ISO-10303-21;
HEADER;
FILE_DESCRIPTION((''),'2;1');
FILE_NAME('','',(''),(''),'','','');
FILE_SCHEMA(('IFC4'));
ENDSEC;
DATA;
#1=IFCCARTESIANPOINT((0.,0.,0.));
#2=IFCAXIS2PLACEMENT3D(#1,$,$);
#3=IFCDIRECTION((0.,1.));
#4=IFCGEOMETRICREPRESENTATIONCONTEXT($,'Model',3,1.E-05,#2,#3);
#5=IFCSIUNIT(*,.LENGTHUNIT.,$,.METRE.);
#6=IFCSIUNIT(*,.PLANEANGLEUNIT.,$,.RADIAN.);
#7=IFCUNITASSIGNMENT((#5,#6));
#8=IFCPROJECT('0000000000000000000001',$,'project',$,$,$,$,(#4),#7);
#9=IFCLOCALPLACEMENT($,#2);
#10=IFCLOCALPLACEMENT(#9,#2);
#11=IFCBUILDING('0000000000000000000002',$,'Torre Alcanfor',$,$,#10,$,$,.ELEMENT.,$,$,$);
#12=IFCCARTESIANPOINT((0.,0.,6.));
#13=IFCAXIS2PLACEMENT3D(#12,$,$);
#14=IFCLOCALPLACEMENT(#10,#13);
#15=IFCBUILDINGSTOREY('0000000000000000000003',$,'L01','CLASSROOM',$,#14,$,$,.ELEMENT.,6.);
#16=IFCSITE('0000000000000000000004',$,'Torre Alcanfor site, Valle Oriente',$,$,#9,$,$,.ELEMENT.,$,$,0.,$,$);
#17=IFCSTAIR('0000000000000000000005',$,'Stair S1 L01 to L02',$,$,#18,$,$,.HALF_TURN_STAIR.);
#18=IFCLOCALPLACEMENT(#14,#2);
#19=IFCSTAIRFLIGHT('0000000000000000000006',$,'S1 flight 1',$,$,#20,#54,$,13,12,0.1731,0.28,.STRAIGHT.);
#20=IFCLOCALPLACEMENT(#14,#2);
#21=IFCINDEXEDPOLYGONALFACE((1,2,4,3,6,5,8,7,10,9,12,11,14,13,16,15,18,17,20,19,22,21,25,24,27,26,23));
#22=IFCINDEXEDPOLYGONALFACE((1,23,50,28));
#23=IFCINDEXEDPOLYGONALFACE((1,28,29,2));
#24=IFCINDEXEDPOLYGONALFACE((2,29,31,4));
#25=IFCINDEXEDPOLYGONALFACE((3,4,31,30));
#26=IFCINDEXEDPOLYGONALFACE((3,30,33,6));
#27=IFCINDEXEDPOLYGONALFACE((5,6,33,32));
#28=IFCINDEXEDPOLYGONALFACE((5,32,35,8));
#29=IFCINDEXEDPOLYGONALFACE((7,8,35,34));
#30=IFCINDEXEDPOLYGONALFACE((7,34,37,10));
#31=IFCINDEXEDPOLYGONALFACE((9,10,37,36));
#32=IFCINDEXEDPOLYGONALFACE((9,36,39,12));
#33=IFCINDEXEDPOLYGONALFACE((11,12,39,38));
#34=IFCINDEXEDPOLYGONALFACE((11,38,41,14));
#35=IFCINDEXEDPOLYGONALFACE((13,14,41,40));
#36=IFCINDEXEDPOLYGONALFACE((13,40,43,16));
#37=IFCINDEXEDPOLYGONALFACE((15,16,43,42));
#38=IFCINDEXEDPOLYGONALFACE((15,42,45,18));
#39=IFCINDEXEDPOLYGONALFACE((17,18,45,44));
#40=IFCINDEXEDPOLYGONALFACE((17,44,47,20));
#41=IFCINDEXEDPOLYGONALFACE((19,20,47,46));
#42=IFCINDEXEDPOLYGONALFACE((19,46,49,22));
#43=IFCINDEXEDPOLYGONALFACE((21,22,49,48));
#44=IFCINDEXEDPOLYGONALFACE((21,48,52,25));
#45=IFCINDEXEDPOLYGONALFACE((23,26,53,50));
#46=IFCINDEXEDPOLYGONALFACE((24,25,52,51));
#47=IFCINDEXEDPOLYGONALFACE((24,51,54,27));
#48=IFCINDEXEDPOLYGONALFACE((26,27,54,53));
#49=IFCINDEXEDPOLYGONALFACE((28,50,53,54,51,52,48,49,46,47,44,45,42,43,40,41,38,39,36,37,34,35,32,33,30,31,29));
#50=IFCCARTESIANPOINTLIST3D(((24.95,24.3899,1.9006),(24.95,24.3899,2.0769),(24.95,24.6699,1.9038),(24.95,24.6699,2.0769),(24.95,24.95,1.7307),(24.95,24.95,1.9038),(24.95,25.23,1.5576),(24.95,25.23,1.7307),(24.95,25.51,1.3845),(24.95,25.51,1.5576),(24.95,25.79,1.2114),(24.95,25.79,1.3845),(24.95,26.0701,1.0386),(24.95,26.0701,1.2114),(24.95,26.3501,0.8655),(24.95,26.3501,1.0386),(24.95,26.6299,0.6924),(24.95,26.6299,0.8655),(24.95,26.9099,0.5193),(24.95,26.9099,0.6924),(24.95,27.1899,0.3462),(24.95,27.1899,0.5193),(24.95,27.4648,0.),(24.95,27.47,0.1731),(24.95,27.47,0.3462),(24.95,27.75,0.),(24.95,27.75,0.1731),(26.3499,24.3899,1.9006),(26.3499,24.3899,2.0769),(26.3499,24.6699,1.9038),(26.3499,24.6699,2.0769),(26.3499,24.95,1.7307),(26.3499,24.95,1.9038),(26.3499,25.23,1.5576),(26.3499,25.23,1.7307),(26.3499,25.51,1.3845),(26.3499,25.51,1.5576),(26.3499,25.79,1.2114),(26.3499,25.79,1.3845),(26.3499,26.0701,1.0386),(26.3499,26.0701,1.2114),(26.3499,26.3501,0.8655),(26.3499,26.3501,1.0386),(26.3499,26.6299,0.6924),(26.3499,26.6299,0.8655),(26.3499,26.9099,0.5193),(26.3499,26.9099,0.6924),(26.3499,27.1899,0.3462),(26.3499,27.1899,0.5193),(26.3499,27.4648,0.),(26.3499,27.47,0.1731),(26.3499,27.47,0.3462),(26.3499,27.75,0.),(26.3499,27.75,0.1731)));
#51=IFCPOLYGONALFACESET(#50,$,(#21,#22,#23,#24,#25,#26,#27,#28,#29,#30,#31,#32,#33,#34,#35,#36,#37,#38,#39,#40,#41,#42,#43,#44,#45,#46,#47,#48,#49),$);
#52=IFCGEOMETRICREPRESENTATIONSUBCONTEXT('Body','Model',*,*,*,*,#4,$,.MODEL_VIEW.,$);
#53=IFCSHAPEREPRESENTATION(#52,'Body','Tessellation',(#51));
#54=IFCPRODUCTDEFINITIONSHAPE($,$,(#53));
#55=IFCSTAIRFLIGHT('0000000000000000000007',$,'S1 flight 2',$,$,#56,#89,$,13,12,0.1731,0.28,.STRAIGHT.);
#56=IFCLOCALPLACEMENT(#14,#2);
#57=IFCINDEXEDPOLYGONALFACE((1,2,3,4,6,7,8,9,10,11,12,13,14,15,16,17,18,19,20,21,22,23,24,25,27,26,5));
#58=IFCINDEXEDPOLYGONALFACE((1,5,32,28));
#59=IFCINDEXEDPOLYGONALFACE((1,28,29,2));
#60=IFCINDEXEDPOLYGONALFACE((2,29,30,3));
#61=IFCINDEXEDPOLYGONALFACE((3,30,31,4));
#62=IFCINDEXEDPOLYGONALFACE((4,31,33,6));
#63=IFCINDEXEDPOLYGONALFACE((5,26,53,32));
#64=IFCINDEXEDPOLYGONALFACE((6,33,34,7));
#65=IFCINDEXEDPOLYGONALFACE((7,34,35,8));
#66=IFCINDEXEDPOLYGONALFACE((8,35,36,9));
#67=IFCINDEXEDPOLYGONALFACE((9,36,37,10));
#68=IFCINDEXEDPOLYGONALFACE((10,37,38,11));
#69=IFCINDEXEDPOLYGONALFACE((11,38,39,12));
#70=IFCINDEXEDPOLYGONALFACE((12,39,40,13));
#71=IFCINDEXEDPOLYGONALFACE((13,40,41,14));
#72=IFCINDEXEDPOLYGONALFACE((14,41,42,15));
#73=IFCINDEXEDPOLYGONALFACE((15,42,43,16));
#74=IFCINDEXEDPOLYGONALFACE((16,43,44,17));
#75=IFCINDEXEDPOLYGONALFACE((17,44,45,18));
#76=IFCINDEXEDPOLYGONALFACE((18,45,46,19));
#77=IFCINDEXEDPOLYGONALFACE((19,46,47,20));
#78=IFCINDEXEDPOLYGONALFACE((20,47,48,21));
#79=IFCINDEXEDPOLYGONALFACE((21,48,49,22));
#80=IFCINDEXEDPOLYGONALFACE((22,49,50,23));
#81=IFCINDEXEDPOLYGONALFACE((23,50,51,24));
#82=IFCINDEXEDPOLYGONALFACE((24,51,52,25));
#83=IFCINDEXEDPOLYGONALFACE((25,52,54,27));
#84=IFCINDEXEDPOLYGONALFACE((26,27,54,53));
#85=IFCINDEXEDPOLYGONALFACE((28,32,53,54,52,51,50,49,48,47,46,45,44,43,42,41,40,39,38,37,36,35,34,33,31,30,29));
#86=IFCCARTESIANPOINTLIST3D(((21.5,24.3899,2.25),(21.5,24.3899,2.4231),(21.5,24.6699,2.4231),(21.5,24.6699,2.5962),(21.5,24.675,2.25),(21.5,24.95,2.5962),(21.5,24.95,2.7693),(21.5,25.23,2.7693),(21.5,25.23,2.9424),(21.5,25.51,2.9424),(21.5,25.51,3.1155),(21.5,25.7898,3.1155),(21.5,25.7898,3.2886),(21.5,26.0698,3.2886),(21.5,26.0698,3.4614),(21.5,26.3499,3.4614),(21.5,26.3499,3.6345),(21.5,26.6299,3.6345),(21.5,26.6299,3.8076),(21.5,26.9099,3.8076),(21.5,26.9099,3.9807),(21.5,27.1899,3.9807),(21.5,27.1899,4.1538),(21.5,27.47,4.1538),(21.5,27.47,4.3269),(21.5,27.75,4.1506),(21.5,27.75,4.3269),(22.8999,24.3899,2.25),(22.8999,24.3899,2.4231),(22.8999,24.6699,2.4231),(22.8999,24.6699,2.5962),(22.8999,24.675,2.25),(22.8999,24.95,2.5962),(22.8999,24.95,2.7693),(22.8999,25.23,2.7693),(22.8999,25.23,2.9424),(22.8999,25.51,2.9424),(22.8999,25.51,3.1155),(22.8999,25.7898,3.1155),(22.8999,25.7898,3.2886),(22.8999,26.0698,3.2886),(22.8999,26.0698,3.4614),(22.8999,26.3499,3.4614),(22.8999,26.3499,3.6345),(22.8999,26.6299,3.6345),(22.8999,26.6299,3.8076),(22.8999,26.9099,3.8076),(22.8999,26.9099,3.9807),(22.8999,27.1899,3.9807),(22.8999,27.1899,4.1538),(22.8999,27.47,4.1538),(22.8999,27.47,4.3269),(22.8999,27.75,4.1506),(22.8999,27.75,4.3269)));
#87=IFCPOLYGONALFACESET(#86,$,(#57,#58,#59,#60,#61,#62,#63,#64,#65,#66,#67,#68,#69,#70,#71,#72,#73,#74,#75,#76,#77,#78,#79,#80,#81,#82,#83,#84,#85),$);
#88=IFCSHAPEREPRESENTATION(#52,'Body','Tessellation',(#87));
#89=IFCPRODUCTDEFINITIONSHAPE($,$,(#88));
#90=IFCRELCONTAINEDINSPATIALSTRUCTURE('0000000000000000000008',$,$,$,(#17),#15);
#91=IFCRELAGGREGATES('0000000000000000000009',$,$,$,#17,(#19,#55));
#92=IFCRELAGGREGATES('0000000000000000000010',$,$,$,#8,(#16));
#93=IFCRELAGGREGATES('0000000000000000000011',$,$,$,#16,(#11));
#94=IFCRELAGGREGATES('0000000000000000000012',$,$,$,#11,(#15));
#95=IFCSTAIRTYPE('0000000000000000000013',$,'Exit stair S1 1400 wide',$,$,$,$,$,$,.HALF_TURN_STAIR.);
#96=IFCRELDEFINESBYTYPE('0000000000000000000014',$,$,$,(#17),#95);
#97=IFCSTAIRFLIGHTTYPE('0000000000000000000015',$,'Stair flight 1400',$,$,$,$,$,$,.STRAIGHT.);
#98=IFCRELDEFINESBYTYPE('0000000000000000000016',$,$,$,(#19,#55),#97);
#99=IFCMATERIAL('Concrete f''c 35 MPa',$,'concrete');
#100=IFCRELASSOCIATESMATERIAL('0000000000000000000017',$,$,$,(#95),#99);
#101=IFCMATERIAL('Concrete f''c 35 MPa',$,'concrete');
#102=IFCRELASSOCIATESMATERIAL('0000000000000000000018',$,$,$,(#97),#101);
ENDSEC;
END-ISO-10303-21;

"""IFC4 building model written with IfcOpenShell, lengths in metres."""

from ifc_helpers import new_model, si_unit, direction, frame, origin, place, context, subcontext, project, spatial, polyline, outline, extrude, material, type_object, element, aggregate, save


model = new_model("IFC4")

# Units and contexts
model_context = context("Model", 3, precision=1e-05, world=origin(), true_north=direction((0.0, 1.0)))
body_context = subcontext(model_context, "Body", "Model", "MODEL_VIEW")
ifc_project = project(units=[si_unit("LENGTHUNIT", "METRE"), si_unit("PLANEANGLEUNIT", "RADIAN")], contexts=[model_context])

# Site, building, storey
site_placement = place(None, origin())
site = spatial("IfcSite", under=ifc_project, at=site_placement, Name="Torre Alcanfor site, Valle Oriente", CompositionType="ELEMENT", RefElevation=0.0)
building_placement = place(site_placement, origin())
building = spatial("IfcBuilding", under=site, at=building_placement, Name="Torre Alcanfor", CompositionType="ELEMENT")
storey_placement = place(building_placement, frame((0.0, 0.0, 6.0)))
storey = spatial("IfcBuildingStorey", under=building, at=storey_placement, Name="L01", Description="CLASSROOM", CompositionType="ELEMENT", Elevation=6.0)

# Stair, stair flights
ifc_material_1 = material(Name="Concrete f'c 35 MPa", Category="concrete")
stair_type = type_object("IfcStairType", Name="Exit stair S1 1400 wide", PredefinedType="HALF_TURN_STAIR", material=ifc_material_1)
stair_placement = place(storey_placement, origin())
stair = element("IfcStair", 1, at=stair_placement, inside=storey, type_object=stair_type, Name="Stair S1 L01 to L02", PredefinedType="HALF_TURN_STAIR")
ifc_material_2 = material(Name="Concrete f'c 35 MPa", Category="concrete")
stair_flight_type = type_object("IfcStairFlightType", Name="Stair flight 1400", PredefinedType="STRAIGHT", material=ifc_material_2)
stair_flight_1_placement = place(storey_placement, frame((25.6499, 27.75, 0.0), z_axis=(0.0, 0.0, 1.0), x_axis=(0.0, -1.0, 0.0)))
stair_flight_1 = element("IfcStairFlight", 2, at=stair_flight_1_placement, type_object=stair_flight_type, Name="S1 flight 1", NumberOfRisers=13, NumberOfTreads=12, PredefinedType="STRAIGHT", RiserHeight=0.1731, TreadLength=0.28, context=body_context, shape_type="SweptSolid", body=[
    extrude(outline(polyline([(0.0, 0.0), (0.0, 0.1731), (0.28, 0.1731), (0.28, 0.3462), (0.5601, 0.3462), (0.5601, 0.5193), (0.8401, 0.5193), (0.8401, 0.6924), (1.1201, 0.6924), (1.1201, 0.8655), (1.3999, 0.8655), (1.3999, 1.0386), (1.6799, 1.0386), (1.6799, 1.2114), (1.96, 1.2114), (1.96, 1.3845), (2.24, 1.3845), (2.24, 1.5576), (2.52, 1.5576), (2.52, 1.7307), (2.8, 1.7307), (2.8, 1.9038), (3.0801, 1.9038), (3.0801, 2.0769), (3.3601, 2.0769), (3.3601, 2.25), (3.3601, 1.9006), (0.2852, 0.0), (0.0, 0.0)])), frame((0.0, 0.7, 0.0), z_axis=(0.0, -1.0, 0.0), x_axis=(1.0, 0.0, 0.0)), (0.0, 0.0, 1.0), 1.3999),
])
stair_flight_2_placement = place(storey_placement, frame((22.2, 24.3899, 2.25), z_axis=(0.0, 0.0, 1.0), x_axis=(0.0, 1.0, 0.0)))
stair_flight_2 = element("IfcStairFlight", 3, at=stair_flight_2_placement, type_object=stair_flight_type, Name="S1 flight 2", NumberOfRisers=13, NumberOfTreads=12, PredefinedType="STRAIGHT", RiserHeight=0.1731, TreadLength=0.28, context=body_context, shape_type="SweptSolid", body=[
    extrude(outline(polyline([(0.0, 0.0), (0.0, 0.1731), (0.28, 0.1731), (0.28, 0.3462), (0.5601, 0.3462), (0.5601, 0.5193), (0.8401, 0.5193), (0.8401, 0.6924), (1.1201, 0.6924), (1.1201, 0.8655), (1.3999, 0.8655), (1.3999, 1.0386), (1.6799, 1.0386), (1.6799, 1.2114), (1.96, 1.2114), (1.96, 1.3845), (2.24, 1.3845), (2.24, 1.5576), (2.52, 1.5576), (2.52, 1.7307), (2.8, 1.7307), (2.8, 1.9038), (3.0801, 1.9038), (3.0801, 2.0769), (3.3601, 2.0769), (3.3601, 2.25), (3.3601, 1.9006), (0.2852, 0.0), (0.0, 0.0)])), frame((0.0, 0.7, 0.0), z_axis=(0.0, -1.0, 0.0), x_axis=(1.0, 0.0, 0.0)), (0.0, 0.0, 1.0), 1.3999),
])
aggregate(stair, [stair_flight_1, stair_flight_2])

save(model, "model.ifc")
